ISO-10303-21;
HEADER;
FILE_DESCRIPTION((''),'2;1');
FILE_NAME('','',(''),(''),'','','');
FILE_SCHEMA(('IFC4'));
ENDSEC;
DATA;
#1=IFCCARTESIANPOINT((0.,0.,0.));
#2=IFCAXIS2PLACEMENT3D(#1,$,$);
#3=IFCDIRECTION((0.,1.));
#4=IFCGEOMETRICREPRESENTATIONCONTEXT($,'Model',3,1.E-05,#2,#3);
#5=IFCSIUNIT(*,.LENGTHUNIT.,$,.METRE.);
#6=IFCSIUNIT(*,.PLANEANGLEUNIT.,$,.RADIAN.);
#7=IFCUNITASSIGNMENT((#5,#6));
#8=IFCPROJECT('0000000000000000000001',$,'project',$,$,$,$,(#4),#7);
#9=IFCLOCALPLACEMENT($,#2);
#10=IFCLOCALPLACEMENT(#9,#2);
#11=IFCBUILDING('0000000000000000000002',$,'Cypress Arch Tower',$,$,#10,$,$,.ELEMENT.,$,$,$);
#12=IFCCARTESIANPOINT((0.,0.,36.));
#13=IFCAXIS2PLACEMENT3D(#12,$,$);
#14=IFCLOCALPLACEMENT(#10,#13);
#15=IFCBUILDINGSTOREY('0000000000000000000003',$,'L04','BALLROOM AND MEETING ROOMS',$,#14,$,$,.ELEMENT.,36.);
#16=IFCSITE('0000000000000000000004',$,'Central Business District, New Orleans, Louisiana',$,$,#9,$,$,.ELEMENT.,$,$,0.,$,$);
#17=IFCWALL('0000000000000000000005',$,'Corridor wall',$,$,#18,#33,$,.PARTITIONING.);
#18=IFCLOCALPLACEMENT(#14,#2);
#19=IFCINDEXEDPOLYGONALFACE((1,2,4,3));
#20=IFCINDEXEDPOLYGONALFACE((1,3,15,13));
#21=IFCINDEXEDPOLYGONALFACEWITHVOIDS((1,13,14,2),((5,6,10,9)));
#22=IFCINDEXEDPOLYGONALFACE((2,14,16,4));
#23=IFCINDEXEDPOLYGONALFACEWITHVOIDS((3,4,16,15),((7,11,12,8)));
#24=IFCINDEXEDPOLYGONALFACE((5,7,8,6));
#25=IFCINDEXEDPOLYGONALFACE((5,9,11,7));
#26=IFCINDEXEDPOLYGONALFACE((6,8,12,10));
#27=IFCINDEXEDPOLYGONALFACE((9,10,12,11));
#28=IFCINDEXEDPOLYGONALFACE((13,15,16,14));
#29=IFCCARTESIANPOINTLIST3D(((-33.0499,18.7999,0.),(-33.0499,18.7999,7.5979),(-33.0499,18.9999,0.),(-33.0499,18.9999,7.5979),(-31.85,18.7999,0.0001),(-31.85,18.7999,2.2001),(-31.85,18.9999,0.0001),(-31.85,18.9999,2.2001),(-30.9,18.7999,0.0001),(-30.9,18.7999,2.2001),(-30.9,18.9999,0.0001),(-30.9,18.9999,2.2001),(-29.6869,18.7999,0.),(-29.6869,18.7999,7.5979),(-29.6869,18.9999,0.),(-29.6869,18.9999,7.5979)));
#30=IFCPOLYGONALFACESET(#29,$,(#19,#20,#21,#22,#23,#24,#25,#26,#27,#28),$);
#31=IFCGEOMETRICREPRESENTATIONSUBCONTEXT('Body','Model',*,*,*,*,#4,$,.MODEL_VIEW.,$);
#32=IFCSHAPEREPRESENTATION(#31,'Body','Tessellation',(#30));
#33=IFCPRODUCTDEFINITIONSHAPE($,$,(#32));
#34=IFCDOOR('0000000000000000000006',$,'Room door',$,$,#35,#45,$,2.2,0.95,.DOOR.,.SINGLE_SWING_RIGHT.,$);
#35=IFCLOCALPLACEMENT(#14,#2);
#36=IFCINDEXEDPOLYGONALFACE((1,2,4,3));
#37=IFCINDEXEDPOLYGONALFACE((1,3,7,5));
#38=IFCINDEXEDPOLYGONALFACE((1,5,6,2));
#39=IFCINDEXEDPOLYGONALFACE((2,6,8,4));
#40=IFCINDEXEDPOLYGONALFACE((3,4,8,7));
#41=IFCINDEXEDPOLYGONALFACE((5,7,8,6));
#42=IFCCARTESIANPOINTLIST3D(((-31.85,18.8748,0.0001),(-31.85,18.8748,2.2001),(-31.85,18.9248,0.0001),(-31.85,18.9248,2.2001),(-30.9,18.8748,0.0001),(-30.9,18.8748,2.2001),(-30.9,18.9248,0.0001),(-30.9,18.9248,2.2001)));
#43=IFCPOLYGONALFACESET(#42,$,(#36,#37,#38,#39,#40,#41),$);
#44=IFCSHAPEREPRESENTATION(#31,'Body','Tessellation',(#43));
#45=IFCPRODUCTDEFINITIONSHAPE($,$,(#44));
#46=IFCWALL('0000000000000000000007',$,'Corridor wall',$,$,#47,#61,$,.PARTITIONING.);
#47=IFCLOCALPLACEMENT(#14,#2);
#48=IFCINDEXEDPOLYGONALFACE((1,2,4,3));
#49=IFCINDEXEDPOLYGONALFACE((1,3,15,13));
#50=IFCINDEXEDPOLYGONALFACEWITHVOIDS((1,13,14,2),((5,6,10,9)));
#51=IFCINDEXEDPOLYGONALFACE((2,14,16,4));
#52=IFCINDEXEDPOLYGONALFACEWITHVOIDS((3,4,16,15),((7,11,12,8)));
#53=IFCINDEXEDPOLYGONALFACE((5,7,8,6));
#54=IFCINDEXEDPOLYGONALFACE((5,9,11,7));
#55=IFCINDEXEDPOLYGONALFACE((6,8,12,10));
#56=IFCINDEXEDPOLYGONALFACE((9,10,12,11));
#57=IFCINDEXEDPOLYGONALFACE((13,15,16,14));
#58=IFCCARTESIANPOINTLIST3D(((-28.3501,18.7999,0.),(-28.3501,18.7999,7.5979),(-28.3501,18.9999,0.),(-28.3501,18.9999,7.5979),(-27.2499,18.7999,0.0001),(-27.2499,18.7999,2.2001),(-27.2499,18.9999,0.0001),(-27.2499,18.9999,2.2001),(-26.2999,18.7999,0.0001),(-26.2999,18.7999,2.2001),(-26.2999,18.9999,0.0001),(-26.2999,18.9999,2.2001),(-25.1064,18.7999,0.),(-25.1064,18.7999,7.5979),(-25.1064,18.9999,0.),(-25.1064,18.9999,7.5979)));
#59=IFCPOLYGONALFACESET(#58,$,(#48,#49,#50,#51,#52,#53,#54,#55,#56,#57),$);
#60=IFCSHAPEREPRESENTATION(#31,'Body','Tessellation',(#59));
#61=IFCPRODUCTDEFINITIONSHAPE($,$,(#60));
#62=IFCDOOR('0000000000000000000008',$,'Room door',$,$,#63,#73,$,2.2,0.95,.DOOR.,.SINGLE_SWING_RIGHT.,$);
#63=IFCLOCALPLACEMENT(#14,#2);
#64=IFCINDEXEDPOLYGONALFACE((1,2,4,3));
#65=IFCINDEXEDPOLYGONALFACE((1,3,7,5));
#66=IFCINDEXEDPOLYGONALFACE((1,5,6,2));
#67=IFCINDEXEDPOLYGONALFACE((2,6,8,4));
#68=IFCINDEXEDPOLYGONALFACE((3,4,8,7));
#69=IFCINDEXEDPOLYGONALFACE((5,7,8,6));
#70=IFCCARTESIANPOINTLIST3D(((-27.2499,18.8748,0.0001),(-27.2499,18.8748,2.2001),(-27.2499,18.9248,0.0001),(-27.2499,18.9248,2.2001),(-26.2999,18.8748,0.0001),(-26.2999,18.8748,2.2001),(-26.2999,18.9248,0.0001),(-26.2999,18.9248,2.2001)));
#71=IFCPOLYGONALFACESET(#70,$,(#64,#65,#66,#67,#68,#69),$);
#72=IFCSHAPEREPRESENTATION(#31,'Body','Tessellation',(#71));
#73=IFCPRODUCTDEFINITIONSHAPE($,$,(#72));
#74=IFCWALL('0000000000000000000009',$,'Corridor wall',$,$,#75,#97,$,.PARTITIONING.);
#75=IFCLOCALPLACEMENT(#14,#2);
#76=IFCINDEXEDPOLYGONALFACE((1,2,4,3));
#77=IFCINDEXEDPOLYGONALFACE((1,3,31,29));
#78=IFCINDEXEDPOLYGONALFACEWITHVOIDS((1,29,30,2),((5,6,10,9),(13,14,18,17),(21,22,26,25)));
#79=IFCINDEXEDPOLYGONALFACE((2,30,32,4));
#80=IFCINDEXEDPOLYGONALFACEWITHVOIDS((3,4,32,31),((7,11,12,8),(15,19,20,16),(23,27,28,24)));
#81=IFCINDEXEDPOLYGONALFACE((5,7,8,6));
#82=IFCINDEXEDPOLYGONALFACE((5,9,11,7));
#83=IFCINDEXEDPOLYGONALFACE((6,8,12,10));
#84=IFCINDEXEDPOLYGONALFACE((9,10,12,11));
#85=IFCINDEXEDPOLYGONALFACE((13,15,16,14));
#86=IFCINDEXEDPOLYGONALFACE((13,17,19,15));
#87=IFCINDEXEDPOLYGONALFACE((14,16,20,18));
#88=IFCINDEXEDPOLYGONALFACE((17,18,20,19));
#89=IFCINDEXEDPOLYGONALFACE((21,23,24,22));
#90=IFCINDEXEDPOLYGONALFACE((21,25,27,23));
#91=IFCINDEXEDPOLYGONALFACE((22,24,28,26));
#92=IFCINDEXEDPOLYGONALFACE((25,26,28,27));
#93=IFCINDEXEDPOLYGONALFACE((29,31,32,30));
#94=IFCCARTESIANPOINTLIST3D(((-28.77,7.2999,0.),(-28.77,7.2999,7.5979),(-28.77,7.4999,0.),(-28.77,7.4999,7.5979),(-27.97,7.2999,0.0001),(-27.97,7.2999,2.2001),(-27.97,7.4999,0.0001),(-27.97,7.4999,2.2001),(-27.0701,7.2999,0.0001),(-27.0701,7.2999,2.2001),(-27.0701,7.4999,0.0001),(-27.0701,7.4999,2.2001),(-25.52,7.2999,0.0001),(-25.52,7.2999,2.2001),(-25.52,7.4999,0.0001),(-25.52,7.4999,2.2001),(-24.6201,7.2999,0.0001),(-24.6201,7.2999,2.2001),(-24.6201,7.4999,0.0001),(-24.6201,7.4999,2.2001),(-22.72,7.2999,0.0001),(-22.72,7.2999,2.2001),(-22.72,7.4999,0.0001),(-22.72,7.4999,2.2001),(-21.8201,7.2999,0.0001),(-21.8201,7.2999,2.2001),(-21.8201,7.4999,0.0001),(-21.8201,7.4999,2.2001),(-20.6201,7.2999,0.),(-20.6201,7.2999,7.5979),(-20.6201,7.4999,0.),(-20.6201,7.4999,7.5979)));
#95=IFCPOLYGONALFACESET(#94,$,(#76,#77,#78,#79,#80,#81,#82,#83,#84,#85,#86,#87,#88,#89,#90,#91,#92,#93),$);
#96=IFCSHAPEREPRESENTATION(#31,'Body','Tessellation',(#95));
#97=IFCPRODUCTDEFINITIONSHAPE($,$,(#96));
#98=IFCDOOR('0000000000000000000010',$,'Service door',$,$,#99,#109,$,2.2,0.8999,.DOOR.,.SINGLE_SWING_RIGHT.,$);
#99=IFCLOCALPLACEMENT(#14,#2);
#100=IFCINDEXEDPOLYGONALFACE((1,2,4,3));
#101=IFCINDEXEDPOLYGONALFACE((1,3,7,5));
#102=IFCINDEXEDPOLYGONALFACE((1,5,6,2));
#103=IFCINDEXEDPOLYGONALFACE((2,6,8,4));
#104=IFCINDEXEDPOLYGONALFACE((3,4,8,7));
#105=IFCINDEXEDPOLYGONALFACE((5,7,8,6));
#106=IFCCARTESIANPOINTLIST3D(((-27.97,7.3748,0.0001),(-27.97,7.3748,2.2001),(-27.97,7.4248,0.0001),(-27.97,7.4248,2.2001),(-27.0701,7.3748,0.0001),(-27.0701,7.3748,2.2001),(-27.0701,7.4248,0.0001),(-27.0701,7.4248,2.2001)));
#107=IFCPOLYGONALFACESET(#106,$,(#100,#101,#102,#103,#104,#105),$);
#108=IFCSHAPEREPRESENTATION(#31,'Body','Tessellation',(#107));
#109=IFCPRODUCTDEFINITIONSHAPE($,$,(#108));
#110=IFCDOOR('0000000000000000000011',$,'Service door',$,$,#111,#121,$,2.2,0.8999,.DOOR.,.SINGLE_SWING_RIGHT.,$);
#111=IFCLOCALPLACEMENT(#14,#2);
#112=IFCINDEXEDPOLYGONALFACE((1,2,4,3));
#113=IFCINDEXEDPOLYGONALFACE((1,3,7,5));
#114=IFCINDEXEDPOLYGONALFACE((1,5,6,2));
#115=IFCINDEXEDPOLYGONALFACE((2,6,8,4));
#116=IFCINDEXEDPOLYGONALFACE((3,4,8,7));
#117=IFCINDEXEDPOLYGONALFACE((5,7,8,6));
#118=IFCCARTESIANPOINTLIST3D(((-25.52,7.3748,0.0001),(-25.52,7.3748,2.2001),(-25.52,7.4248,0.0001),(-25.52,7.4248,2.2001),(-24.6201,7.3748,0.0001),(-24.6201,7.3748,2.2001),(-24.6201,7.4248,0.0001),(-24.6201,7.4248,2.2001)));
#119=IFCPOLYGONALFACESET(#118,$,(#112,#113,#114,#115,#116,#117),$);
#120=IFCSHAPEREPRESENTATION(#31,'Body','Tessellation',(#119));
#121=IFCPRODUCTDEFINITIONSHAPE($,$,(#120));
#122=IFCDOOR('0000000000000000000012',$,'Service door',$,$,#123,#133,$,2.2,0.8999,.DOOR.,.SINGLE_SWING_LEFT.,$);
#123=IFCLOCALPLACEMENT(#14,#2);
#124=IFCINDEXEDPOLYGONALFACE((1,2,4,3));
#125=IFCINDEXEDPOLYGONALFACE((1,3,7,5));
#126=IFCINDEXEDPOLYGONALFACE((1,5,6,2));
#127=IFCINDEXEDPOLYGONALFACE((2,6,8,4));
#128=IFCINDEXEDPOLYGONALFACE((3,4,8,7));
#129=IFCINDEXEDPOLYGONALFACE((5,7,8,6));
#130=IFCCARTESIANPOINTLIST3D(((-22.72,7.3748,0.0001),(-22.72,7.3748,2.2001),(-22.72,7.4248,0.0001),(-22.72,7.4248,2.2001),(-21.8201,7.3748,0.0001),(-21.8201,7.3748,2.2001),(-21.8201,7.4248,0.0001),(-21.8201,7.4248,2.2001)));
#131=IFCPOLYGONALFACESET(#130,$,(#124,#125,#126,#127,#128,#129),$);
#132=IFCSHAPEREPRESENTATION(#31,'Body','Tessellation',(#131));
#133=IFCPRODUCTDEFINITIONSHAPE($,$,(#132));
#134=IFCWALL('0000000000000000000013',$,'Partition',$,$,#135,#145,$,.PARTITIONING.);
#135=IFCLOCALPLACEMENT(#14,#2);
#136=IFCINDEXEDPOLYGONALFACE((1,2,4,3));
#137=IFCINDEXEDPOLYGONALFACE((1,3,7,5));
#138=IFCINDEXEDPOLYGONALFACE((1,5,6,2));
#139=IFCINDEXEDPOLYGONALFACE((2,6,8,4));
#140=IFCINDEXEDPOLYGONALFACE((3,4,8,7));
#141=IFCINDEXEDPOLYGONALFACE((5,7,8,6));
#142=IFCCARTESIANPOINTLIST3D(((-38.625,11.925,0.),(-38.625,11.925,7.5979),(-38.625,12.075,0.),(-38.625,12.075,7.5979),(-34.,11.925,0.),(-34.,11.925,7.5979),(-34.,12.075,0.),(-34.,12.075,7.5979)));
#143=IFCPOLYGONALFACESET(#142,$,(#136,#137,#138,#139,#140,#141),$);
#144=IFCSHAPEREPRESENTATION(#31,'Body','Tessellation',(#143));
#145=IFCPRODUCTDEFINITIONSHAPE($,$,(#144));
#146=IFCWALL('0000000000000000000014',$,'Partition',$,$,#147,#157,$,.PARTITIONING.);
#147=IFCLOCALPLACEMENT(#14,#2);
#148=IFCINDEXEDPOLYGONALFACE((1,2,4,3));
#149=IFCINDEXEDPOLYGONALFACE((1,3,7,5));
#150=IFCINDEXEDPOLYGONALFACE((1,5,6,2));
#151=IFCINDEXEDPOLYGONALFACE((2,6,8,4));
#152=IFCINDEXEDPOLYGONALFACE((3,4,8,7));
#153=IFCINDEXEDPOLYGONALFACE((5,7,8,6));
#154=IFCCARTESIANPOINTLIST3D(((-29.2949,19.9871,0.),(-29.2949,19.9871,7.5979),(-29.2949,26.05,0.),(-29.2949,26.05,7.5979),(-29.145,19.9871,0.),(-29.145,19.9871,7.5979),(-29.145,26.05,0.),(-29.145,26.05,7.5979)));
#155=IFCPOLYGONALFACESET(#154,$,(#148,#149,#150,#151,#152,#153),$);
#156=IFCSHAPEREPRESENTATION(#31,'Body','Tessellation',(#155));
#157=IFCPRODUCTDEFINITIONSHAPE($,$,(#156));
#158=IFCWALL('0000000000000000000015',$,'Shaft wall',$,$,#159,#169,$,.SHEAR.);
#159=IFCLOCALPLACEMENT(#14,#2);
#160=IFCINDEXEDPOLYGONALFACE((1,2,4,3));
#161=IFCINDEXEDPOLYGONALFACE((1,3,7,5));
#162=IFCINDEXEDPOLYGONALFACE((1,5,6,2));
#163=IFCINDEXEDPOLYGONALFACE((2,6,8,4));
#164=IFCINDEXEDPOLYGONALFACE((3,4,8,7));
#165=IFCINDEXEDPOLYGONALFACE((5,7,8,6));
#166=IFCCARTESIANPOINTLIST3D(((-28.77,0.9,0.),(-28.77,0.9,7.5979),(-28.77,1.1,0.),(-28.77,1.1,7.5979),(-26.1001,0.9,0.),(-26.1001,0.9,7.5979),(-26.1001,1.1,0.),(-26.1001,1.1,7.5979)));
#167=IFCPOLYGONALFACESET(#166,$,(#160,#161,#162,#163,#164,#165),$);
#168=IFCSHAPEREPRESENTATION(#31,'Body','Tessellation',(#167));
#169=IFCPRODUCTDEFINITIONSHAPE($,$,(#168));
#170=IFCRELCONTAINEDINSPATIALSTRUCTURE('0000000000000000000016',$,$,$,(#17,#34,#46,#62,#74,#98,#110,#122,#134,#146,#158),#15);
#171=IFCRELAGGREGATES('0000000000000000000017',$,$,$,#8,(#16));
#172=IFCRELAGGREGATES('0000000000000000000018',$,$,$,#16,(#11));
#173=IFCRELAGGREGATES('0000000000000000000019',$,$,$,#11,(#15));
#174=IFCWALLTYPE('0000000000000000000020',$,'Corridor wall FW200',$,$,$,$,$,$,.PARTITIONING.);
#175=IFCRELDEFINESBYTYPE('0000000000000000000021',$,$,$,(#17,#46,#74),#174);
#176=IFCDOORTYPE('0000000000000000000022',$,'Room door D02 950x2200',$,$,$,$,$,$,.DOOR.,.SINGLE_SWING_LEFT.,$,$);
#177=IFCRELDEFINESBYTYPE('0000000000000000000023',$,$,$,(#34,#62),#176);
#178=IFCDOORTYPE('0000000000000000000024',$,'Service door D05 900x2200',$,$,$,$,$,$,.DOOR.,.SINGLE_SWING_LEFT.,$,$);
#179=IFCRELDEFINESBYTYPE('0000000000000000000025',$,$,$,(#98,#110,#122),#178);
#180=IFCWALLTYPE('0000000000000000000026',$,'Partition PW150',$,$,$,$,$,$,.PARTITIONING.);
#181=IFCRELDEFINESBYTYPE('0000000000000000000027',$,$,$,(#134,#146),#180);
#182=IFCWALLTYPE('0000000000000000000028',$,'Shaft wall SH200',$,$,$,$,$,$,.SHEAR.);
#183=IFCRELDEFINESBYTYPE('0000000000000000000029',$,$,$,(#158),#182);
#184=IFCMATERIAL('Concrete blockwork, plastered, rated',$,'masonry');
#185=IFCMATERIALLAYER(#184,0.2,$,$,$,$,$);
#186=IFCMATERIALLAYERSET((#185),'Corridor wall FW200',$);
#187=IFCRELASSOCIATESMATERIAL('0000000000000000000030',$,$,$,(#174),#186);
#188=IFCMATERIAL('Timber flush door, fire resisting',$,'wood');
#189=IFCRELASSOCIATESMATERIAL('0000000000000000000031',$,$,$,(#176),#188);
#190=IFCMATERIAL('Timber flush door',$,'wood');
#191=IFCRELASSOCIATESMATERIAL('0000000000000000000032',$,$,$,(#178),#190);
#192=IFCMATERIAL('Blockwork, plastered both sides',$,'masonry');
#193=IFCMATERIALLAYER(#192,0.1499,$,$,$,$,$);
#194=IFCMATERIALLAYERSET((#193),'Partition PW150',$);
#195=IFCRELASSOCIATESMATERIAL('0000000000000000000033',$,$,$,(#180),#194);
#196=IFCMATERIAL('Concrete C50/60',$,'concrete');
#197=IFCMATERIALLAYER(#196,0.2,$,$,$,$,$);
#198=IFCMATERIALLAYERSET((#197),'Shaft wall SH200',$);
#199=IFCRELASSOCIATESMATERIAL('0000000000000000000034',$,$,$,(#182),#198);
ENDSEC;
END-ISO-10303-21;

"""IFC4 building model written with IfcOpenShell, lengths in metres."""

from ifc_helpers import new_model, si_unit, direction, frame, frame_2d, origin, place, context, subcontext, project, spatial, rectangle, extrude, material, layer, layer_set, type_object, element, fill, save


model = new_model("IFC4")

# Units and contexts
model_context = context("Model", 3, precision=1e-05, world=origin(), true_north=direction((0.0, 1.0)))
body_context = subcontext(model_context, "Body", "Model", "MODEL_VIEW")
ifc_project = project(units=[si_unit("LENGTHUNIT", "METRE"), si_unit("PLANEANGLEUNIT", "RADIAN")], contexts=[model_context])

# Site, building, storey
site_placement = place(None, origin())
site = spatial("IfcSite", under=ifc_project, at=site_placement, Name="Central Business District, New Orleans, Louisiana", CompositionType="ELEMENT", RefElevation=0.0)
building_placement = place(site_placement, origin())
building = spatial("IfcBuilding", under=site, at=building_placement, Name="Cypress Arch Tower", CompositionType="ELEMENT")
storey_placement = place(building_placement, frame((0.0, 0.0, 36.0)))
storey = spatial("IfcBuildingStorey", under=building, at=storey_placement, Name="L04", Description="BALLROOM AND MEETING ROOMS", CompositionType="ELEMENT", Elevation=36.0)

# Walls, openings, doors
ifc_material_1 = material(Name="Concrete blockwork, plastered, rated", Category="masonry")
ifc_layer_1 = layer(ifc_material_1, 0.2)
ifc_layer_set_1 = layer_set([ifc_layer_1], Name="Corridor wall FW200")
wall_type_1 = type_object("IfcWallType", Name="Corridor wall FW200", PredefinedType="PARTITIONING", material=ifc_layer_set_1)
wall_1_placement = place(storey_placement, frame((-33.05, 18.8999, 0.0), z_axis=(0.0, 0.0, 1.0), x_axis=(1.0, 0.0, 0.0)))
wall_1 = element("IfcWall", 1, at=wall_1_placement, inside=storey, type_object=wall_type_1, Name="Corridor wall", PredefinedType="PARTITIONING", context=body_context, shape_type="SweptSolid", body=[
    extrude(rectangle(XDim=3.363, YDim=0.2, at=frame_2d((1.6816, 0.0))), origin(), (0.0, 0.0, 1.0), 7.5979),
])
opening_1_placement = place(wall_1_placement, frame((1.2, 0.0, 0.0)))
opening_1 = element("IfcOpeningElement", 2, at=opening_1_placement, cuts=wall_1, PredefinedType="OPENING", context=body_context, shape_type="SweptSolid", body=[
    extrude(rectangle(XDim=0.95, YDim=2.2, at=frame_2d((0.4751, 1.1001))), frame((0.0, 0.1099, 0.0), z_axis=(0.0, -1.0, 0.0), x_axis=(1.0, 0.0, 0.0)), (0.0, 0.0, 1.0), 0.22),
])
ifc_material_2 = material(Name="Timber flush door, fire resisting", Category="wood")
door_type_1 = type_object("IfcDoorType", Name="Room door D02 950x2200", OperationType="SINGLE_SWING_LEFT", PredefinedType="DOOR", material=ifc_material_2)
door_1_placement = place(opening_1_placement, origin())
door_1 = element("IfcDoor", 3, at=door_1_placement, inside=storey, type_object=door_type_1, Name="Room door", OperationType="SINGLE_SWING_RIGHT", OverallHeight=2.2, OverallWidth=0.95, PredefinedType="DOOR", context=body_context, shape_type="SweptSolid", body=[
    extrude(rectangle(XDim=0.95, YDim=2.2, at=frame_2d((0.4751, 1.1001))), frame((0.0, 0.0249, 0.0), z_axis=(0.0, -1.0, 0.0), x_axis=(1.0, 0.0, 0.0)), (0.0, 0.0, 1.0), 0.05),
])
fill(opening_1, door_1)
wall_2_placement = place(storey_placement, frame((-28.3501, 18.8999, 0.0), z_axis=(0.0, 0.0, 1.0), x_axis=(1.0, 0.0, 0.0)))
wall_2 = element("IfcWall", 4, at=wall_2_placement, inside=storey, type_object=wall_type_1, Name="Corridor wall", PredefinedType="PARTITIONING", context=body_context, shape_type="SweptSolid", body=[
    extrude(rectangle(XDim=3.2437, YDim=0.2, at=frame_2d((1.6218, 0.0))), origin(), (0.0, 0.0, 1.0), 7.5979),
])
opening_2_placement = place(wall_2_placement, frame((1.1001, 0.0, 0.0)))
opening_2 = element("IfcOpeningElement", 5, at=opening_2_placement, cuts=wall_2, PredefinedType="OPENING", context=body_context, shape_type="SweptSolid", body=[
    extrude(rectangle(XDim=0.95, YDim=2.2, at=frame_2d((0.4751, 1.1001))), frame((0.0, 0.1099, 0.0), z_axis=(0.0, -1.0, 0.0), x_axis=(1.0, 0.0, 0.0)), (0.0, 0.0, 1.0), 0.22),
])
door_2_placement = place(opening_2_placement, origin())
door_2 = element("IfcDoor", 6, at=door_2_placement, inside=storey, type_object=door_type_1, Name="Room door", OperationType="SINGLE_SWING_RIGHT", OverallHeight=2.2, OverallWidth=0.95, PredefinedType="DOOR", context=body_context, shape_type="SweptSolid", body=[
    extrude(rectangle(XDim=0.95, YDim=2.2, at=frame_2d((0.4751, 1.1001))), frame((0.0, 0.0249, 0.0), z_axis=(0.0, -1.0, 0.0), x_axis=(1.0, 0.0, 0.0)), (0.0, 0.0, 1.0), 0.05),
])
fill(opening_2, door_2)

# Wall, openings, doors
wall_3_placement = place(storey_placement, frame((-28.77, 7.3999, 0.0), z_axis=(0.0, 0.0, 1.0), x_axis=(1.0, 0.0, 0.0)))
wall_3 = element("IfcWall", 7, at=wall_3_placement, inside=storey, type_object=wall_type_1, Name="Corridor wall", PredefinedType="PARTITIONING", context=body_context, shape_type="SweptSolid", body=[
    extrude(rectangle(XDim=8.1499, YDim=0.2, at=frame_2d((4.075, 0.0))), origin(), (0.0, 0.0, 1.0), 7.5979),
])
opening_3_placement = place(wall_3_placement, frame((0.8, 0.0, 0.0)))
opening_3 = element("IfcOpeningElement", 8, at=opening_3_placement, cuts=wall_3, PredefinedType="OPENING", context=body_context, shape_type="SweptSolid", body=[
    extrude(rectangle(XDim=0.8999, YDim=2.2, at=frame_2d((0.45, 1.1001))), frame((0.0, 0.1099, 0.0), z_axis=(0.0, -1.0, 0.0), x_axis=(1.0, 0.0, 0.0)), (0.0, 0.0, 1.0), 0.22),
])
opening_4_placement = place(wall_3_placement, frame((3.25, 0.0, 0.0)))
opening_4 = element("IfcOpeningElement", 9, at=opening_4_placement, cuts=wall_3, PredefinedType="OPENING", context=body_context, shape_type="SweptSolid", body=[
    extrude(rectangle(XDim=0.8999, YDim=2.2, at=frame_2d((0.45, 1.1001))), frame((0.0, 0.1099, 0.0), z_axis=(0.0, -1.0, 0.0), x_axis=(1.0, 0.0, 0.0)), (0.0, 0.0, 1.0), 0.22),
])
opening_5_placement = place(wall_3_placement, frame((6.05, 0.0, 0.0)))
opening_5 = element("IfcOpeningElement", 10, at=opening_5_placement, cuts=wall_3, PredefinedType="OPENING", context=body_context, shape_type="SweptSolid", body=[
    extrude(rectangle(XDim=0.8999, YDim=2.2, at=frame_2d((0.45, 1.1001))), frame((0.0, 0.1099, 0.0), z_axis=(0.0, -1.0, 0.0), x_axis=(1.0, 0.0, 0.0)), (0.0, 0.0, 1.0), 0.22),
])
ifc_material_3 = material(Name="Timber flush door", Category="wood")
door_type_2 = type_object("IfcDoorType", Name="Service door D05 900x2200", OperationType="SINGLE_SWING_LEFT", PredefinedType="DOOR", material=ifc_material_3)
door_3_placement = place(opening_3_placement, origin())
door_3 = element("IfcDoor", 11, at=door_3_placement, inside=storey, type_object=door_type_2, Name="Service door", OperationType="SINGLE_SWING_RIGHT", OverallHeight=2.2, OverallWidth=0.8999, PredefinedType="DOOR", context=body_context, shape_type="SweptSolid", body=[
    extrude(rectangle(XDim=0.8999, YDim=2.2, at=frame_2d((0.45, 1.1001))), frame((0.0, 0.0249, 0.0), z_axis=(0.0, -1.0, 0.0), x_axis=(1.0, 0.0, 0.0)), (0.0, 0.0, 1.0), 0.05),
])
fill(opening_3, door_3)
door_4_placement = place(opening_4_placement, origin())
door_4 = element("IfcDoor", 12, at=door_4_placement, inside=storey, type_object=door_type_2, Name="Service door", OperationType="SINGLE_SWING_RIGHT", OverallHeight=2.2, OverallWidth=0.8999, PredefinedType="DOOR", context=body_context, shape_type="SweptSolid", body=[
    extrude(rectangle(XDim=0.8999, YDim=2.2, at=frame_2d((0.45, 1.1001))), frame((0.0, 0.0249, 0.0), z_axis=(0.0, -1.0, 0.0), x_axis=(1.0, 0.0, 0.0)), (0.0, 0.0, 1.0), 0.05),
])
fill(opening_4, door_4)
door_5_placement = place(opening_5_placement, origin())
door_5 = element("IfcDoor", 13, at=door_5_placement, inside=storey, type_object=door_type_2, Name="Service door", OperationType="SINGLE_SWING_LEFT", OverallHeight=2.2, OverallWidth=0.8999, PredefinedType="DOOR", context=body_context, shape_type="SweptSolid", body=[
    extrude(rectangle(XDim=0.8999, YDim=2.2, at=frame_2d((0.45, 1.1001))), frame((0.0, 0.0249, 0.0), z_axis=(0.0, -1.0, 0.0), x_axis=(1.0, 0.0, 0.0)), (0.0, 0.0, 1.0), 0.05),
])
fill(opening_5, door_5)

# Walls
ifc_material_4 = material(Name="Blockwork, plastered both sides", Category="masonry")
ifc_layer_2 = layer(ifc_material_4, 0.1499)
ifc_layer_set_2 = layer_set([ifc_layer_2], Name="Partition PW150")
wall_type_2 = type_object("IfcWallType", Name="Partition PW150", PredefinedType="PARTITIONING", material=ifc_layer_set_2)
wall_4_placement = place(storey_placement, frame((-38.625, 12.0, 0.0), z_axis=(0.0, 0.0, 1.0), x_axis=(1.0, 0.0, 0.0)))
element("IfcWall", 14, at=wall_4_placement, inside=storey, type_object=wall_type_2, Name="Partition", PredefinedType="PARTITIONING", context=body_context, shape_type="SweptSolid", body=[
    extrude(rectangle(XDim=4.625, YDim=0.1499, at=frame_2d((2.3125, 0.0))), origin(), (0.0, 0.0, 1.0), 7.5979),
])
wall_5_placement = place(storey_placement, frame((-29.22, 19.9871, 0.0), z_axis=(0.0, 0.0, 1.0), x_axis=(0.0, 1.0, 0.0)))
element("IfcWall", 15, at=wall_5_placement, inside=storey, type_object=wall_type_2, Name="Partition", PredefinedType="PARTITIONING", context=body_context, shape_type="SweptSolid", body=[
    extrude(rectangle(XDim=6.063, YDim=0.1499, at=frame_2d((3.0315, 0.0))), origin(), (0.0, 0.0, 1.0), 7.5979),
])
ifc_material_5 = material(Name="Concrete C50/60", Category="concrete")
ifc_layer_3 = layer(ifc_material_5, 0.2)
ifc_layer_set_3 = layer_set([ifc_layer_3], Name="Shaft wall SH200")
wall_type_3 = type_object("IfcWallType", Name="Shaft wall SH200", PredefinedType="SHEAR", material=ifc_layer_set_3)
for number, where, z_axis, x_axis, name in (
    (16, (-28.77, 1.0, 0.0), (0.0, 0.0, 1.0), (1.0, 0.0, 0.0), "Shaft wall"),
):
    element("IfcWall", number, at=place(storey_placement, frame(where, z_axis=z_axis, x_axis=x_axis)), inside=storey, type_object=wall_type_3, Name=name, PredefinedType="SHEAR", context=body_context, shape_type="SweptSolid", body=[
        extrude(rectangle(XDim=2.6699, YDim=0.2, at=frame_2d((1.335, 0.0))), origin(), (0.0, 0.0, 1.0), 7.5979),
    ])

save(model, "model.ifc")
